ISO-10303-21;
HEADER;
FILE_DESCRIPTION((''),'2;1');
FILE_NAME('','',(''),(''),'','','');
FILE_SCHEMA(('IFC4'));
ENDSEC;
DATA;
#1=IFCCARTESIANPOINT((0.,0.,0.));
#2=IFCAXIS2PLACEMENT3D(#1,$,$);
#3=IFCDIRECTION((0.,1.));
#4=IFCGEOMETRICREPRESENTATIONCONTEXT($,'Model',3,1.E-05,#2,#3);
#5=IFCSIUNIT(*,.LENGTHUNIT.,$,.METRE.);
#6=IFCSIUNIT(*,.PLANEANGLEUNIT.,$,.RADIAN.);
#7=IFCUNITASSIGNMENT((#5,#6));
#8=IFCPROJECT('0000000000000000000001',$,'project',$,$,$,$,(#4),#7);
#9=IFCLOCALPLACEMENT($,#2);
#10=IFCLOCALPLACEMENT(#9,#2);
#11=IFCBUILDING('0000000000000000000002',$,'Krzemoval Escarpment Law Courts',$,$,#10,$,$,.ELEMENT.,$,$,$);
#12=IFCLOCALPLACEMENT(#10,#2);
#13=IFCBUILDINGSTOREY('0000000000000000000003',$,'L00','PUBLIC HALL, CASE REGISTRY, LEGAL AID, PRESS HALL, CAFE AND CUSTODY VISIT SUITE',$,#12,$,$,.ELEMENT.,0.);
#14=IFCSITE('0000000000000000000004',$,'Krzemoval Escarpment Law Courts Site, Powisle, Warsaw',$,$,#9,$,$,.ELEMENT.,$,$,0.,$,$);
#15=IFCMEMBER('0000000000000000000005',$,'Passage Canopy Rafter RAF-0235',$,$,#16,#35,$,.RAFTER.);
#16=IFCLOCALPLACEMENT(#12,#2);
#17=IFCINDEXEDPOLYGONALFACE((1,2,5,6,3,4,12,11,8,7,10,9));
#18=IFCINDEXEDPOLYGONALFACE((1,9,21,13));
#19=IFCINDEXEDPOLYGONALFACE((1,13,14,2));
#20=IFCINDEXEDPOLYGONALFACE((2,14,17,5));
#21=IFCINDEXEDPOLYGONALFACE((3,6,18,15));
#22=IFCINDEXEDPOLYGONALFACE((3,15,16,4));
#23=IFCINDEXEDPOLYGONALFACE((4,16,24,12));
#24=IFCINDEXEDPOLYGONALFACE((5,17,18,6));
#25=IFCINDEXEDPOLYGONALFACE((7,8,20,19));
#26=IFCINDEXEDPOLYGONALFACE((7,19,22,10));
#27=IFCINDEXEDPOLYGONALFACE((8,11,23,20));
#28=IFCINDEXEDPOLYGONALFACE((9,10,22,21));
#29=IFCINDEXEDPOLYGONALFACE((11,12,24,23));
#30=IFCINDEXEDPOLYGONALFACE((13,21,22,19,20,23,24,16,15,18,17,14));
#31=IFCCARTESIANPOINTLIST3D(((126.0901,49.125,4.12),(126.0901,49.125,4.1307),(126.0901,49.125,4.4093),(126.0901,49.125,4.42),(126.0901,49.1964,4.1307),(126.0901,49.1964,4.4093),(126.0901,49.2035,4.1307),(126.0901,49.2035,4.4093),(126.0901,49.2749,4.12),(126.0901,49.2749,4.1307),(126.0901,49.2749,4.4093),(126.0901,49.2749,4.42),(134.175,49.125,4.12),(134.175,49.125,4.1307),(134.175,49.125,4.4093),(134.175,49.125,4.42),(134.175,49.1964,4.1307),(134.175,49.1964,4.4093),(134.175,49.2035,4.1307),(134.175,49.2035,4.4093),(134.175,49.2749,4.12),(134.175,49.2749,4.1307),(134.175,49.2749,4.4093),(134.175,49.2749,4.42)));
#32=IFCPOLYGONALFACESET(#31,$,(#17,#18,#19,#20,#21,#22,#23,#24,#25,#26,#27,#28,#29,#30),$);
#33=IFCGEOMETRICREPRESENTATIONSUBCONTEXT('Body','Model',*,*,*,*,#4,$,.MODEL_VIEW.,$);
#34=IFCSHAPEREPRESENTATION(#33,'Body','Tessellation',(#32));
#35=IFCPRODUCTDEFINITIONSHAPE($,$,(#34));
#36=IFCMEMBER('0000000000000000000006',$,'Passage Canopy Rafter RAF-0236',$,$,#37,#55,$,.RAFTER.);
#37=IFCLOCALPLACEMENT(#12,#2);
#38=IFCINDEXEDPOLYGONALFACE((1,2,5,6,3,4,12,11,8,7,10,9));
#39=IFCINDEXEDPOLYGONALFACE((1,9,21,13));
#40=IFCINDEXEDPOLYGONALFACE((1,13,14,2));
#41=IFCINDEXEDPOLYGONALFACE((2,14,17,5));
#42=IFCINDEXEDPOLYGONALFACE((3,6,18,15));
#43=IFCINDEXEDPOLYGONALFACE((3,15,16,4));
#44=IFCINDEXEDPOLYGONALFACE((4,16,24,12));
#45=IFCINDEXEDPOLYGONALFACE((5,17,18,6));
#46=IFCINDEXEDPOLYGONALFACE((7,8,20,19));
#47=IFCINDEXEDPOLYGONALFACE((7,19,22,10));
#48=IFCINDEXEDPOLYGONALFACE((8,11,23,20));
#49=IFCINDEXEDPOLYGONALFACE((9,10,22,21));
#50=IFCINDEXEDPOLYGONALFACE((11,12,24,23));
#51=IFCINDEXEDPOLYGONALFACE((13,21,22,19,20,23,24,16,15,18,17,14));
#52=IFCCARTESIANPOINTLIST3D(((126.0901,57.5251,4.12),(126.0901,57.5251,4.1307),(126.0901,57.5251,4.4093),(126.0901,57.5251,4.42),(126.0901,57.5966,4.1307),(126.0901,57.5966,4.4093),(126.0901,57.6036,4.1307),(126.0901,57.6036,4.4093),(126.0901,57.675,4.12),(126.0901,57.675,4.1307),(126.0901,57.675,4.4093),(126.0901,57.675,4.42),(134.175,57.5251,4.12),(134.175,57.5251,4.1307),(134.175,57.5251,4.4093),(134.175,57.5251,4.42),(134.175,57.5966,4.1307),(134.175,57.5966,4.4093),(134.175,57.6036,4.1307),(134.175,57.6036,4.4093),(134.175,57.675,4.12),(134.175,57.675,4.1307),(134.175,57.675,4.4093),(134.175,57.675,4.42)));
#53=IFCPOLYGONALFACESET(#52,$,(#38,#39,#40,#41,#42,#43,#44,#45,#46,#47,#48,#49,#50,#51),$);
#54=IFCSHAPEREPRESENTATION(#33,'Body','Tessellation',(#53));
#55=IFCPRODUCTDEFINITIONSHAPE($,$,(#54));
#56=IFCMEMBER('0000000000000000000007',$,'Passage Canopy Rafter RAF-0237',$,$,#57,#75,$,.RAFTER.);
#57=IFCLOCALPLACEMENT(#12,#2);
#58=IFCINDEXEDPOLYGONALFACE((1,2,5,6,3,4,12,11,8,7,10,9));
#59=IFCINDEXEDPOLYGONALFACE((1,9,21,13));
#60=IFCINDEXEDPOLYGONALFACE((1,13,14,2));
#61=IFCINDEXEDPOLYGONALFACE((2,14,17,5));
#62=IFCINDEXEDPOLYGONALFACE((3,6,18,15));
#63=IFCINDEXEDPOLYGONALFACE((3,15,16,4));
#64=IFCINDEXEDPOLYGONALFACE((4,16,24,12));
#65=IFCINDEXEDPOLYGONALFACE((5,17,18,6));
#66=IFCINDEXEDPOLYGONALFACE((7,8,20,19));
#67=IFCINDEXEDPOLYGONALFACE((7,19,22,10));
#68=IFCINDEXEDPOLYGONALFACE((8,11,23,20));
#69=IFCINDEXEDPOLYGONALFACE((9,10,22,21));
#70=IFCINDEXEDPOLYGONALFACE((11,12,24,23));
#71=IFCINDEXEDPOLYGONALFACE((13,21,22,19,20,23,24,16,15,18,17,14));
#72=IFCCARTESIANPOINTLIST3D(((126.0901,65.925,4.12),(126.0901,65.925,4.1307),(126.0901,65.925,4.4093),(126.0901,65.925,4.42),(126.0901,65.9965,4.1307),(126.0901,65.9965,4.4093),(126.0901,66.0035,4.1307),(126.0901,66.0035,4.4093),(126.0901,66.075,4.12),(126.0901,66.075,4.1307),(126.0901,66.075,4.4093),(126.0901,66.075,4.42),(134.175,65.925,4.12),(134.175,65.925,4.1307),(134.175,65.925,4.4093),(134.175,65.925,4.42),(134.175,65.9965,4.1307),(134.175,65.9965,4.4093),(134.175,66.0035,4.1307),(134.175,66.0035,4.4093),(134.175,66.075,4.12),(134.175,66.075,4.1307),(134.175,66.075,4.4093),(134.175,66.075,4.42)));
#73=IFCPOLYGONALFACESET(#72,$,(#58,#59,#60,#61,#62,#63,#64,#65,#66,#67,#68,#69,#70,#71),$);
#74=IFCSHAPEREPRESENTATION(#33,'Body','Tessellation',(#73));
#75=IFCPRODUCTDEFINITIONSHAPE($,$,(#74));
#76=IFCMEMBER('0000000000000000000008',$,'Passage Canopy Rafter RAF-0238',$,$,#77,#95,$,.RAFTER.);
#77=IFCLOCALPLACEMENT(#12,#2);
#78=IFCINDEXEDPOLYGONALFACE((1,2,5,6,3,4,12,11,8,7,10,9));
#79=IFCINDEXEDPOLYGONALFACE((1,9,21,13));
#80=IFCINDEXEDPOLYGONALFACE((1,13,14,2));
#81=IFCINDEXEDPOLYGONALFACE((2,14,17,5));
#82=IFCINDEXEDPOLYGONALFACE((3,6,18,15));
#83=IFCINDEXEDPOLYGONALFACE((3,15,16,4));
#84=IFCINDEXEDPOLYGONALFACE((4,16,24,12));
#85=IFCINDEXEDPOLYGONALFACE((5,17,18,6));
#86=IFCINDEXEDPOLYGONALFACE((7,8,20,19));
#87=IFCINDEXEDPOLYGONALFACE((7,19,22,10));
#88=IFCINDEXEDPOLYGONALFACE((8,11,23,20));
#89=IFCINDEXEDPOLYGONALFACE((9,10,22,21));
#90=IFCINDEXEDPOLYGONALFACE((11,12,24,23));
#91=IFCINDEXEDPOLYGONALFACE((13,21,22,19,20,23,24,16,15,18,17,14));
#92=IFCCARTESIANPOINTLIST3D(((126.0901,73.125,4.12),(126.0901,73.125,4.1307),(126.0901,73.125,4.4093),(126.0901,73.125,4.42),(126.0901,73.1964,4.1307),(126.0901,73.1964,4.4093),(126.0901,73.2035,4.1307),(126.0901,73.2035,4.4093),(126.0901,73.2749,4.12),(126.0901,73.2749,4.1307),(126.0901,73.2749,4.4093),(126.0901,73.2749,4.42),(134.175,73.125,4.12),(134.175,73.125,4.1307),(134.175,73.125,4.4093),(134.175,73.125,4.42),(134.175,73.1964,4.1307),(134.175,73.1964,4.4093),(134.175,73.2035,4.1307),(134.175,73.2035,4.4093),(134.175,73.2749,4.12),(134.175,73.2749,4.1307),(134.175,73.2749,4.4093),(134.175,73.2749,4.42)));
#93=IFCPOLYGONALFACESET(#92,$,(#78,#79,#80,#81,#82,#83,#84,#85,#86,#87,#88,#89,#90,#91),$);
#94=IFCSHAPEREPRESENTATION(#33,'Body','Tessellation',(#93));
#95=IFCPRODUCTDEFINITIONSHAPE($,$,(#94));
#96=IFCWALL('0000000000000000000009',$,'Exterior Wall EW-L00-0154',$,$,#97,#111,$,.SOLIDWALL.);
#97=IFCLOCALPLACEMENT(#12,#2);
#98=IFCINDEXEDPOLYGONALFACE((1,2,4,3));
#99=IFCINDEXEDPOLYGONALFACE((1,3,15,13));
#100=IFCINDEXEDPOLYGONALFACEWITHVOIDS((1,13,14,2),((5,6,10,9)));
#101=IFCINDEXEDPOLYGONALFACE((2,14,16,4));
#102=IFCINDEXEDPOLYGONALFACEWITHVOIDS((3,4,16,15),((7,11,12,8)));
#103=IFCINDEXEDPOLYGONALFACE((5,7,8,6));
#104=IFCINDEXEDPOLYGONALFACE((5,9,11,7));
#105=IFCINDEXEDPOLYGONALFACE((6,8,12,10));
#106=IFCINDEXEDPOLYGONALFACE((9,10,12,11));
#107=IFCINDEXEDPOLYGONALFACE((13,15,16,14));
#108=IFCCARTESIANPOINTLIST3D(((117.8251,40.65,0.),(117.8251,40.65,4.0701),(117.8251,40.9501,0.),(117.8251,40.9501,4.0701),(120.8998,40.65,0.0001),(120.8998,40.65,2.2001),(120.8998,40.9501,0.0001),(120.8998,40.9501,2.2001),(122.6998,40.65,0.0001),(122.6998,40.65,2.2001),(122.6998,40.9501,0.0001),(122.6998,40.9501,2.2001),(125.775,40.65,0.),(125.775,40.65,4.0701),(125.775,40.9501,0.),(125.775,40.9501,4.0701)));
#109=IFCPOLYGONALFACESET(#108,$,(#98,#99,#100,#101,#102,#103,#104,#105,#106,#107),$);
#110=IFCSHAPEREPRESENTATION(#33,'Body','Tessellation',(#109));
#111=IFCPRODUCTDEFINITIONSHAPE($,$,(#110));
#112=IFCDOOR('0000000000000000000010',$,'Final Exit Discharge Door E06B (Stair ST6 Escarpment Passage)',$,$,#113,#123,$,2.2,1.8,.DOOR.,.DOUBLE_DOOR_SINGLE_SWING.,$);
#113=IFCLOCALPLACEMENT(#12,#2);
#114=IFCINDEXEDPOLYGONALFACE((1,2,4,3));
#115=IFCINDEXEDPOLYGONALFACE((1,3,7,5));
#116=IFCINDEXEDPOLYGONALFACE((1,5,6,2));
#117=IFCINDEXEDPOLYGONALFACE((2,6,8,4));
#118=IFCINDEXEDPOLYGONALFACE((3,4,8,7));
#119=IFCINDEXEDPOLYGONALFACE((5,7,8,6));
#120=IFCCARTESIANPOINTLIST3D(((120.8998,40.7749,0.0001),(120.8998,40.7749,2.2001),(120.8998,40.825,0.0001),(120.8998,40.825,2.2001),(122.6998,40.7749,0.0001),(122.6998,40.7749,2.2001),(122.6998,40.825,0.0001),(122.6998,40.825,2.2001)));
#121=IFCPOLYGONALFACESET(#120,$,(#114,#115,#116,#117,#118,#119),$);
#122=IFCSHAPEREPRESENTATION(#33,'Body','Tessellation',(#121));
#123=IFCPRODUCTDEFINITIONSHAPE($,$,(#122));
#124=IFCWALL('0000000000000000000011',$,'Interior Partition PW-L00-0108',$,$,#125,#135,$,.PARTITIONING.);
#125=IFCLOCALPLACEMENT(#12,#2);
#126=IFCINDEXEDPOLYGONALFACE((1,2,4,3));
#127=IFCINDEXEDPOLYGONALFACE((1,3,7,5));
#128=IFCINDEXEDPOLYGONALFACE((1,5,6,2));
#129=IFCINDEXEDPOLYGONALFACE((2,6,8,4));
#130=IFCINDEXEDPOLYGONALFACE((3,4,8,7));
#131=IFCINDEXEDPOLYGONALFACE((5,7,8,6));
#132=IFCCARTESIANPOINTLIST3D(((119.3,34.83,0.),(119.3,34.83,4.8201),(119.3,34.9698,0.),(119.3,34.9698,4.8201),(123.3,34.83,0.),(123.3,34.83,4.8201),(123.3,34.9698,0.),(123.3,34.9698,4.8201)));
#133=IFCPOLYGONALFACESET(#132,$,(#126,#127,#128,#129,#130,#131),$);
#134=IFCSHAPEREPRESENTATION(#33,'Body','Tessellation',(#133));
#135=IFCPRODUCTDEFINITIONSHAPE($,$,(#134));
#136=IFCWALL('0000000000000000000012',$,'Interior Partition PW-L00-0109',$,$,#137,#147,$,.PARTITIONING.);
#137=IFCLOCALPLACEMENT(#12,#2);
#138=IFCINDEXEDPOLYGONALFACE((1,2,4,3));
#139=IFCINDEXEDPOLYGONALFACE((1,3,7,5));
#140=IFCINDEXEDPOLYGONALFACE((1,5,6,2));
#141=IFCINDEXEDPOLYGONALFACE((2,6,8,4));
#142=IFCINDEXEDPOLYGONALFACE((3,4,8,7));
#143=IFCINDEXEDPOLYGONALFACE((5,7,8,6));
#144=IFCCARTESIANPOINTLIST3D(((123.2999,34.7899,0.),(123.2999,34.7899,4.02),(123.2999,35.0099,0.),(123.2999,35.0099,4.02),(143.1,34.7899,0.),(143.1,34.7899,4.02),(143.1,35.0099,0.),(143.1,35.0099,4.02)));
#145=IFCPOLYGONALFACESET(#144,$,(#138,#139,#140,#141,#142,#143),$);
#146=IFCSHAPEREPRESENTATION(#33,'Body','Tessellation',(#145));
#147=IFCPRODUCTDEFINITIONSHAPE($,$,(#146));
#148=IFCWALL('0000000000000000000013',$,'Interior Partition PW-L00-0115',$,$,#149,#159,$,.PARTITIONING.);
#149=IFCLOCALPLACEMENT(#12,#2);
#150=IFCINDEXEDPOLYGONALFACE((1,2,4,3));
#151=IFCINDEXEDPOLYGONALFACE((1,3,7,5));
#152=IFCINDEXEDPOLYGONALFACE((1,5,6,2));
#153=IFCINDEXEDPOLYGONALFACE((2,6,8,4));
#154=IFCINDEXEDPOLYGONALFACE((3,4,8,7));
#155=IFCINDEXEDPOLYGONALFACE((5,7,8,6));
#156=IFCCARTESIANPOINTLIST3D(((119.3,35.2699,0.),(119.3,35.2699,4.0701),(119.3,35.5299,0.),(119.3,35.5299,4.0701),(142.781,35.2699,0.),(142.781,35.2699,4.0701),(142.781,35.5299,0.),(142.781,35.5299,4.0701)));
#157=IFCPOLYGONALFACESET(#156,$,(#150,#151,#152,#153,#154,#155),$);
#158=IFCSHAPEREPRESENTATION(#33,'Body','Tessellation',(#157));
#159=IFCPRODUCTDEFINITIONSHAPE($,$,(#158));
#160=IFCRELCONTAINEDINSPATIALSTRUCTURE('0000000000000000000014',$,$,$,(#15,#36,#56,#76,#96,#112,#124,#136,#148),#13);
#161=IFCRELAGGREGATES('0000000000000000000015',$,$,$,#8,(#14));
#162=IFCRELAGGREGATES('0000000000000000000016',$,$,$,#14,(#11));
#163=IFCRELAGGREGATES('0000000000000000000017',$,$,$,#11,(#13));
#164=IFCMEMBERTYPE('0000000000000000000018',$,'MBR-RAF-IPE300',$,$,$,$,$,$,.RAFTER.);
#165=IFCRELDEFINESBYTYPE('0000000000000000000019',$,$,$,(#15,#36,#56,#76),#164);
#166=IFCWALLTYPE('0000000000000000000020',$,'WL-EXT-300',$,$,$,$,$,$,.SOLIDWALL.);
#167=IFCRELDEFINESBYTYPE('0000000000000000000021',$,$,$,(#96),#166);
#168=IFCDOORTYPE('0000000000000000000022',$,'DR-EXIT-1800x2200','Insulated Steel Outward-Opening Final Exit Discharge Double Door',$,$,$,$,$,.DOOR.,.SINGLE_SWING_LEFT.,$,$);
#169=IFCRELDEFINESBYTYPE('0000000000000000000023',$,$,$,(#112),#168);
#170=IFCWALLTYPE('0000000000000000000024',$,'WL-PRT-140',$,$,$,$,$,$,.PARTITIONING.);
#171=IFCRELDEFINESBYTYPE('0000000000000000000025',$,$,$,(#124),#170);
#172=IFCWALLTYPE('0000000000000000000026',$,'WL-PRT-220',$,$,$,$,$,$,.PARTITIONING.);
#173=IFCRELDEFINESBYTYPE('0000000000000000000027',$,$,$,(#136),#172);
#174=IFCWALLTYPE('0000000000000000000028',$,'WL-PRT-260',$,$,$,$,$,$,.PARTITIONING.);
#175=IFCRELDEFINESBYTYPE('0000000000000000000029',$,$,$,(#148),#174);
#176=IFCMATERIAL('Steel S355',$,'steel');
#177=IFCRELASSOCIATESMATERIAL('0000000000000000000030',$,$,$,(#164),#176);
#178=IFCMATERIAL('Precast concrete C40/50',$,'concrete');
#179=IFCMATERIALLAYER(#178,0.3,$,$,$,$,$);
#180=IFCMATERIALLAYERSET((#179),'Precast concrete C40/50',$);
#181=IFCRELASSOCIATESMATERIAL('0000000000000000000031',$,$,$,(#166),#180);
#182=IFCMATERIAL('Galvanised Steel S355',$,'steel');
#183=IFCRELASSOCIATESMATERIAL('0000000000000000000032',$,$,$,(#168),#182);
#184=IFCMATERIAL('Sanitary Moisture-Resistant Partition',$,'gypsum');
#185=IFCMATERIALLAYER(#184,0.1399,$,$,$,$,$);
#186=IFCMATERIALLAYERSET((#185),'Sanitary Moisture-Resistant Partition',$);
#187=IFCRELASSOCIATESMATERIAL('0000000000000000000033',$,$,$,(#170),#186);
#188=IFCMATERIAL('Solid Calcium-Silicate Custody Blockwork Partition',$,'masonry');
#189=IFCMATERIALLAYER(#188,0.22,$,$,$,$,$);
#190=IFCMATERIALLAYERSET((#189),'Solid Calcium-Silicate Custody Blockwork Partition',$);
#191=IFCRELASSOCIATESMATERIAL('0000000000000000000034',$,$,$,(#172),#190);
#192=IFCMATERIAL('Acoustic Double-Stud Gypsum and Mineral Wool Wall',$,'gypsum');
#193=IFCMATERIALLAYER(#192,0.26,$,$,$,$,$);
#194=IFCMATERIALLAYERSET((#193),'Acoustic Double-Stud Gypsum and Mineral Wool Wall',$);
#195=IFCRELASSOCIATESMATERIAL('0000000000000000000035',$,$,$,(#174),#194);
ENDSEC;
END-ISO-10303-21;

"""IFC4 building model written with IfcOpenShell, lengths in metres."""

from ifc_helpers import new_model, si_unit, direction, frame, frame_2d, origin, origin_2d, place, context, subcontext, project, spatial, rectangle, i_section, extrude, material, layer, layer_set, material_profile, profile_set, type_object, element, fill, save


model = new_model("IFC4")

# Units and contexts
model_context = context("Model", 3, precision=1e-05, world=origin(), true_north=direction((0.0, 1.0)))
body_context = subcontext(model_context, "Body", "Model", "MODEL_VIEW")
ifc_project = project(units=[si_unit("LENGTHUNIT", "METRE"), si_unit("PLANEANGLEUNIT", "RADIAN")], contexts=[model_context])

# Site, building, storey
site_placement = place(None, origin())
site = spatial("IfcSite", under=ifc_project, at=site_placement, Name="Krzemoval Escarpment Law Courts Site, Powisle, Warsaw", CompositionType="ELEMENT", RefElevation=0.0)
building_placement = place(site_placement, origin())
building = spatial("IfcBuilding", under=site, at=building_placement, Name="Krzemoval Escarpment Law Courts", CompositionType="ELEMENT")
storey_placement = place(building_placement, origin())
storey = spatial("IfcBuildingStorey", under=building, at=storey_placement, Name="L00", Description="PUBLIC HALL, CASE REGISTRY, LEGAL AID, PRESS HALL, CAFE AND CUSTODY VISIT SUITE", CompositionType="ELEMENT", Elevation=0.0)

# Members
ifc_material_1 = material(Name="Steel S355", Category="steel")
ifc_material_profile_1 = material_profile(ifc_material_1, i_section(OverallWidth=0.1499, OverallDepth=0.3, WebThickness=0.0071, FlangeThickness=0.0107, at=origin_2d()), Name="IPE 300")
ifc_profile_set_1 = profile_set([ifc_material_profile_1], Name="Steel S355")
member_type = type_object("IfcMemberType", Name="MBR-RAF-IPE300", PredefinedType="RAFTER", material=ifc_profile_set_1)
for number, where, z_axis, x_axis, name in (
    (1, (126.0901, 49.2, 4.27), (1.0, 0.0, 0.0), (0.0, 1.0, 0.0), "Passage Canopy Rafter RAF-0235"),
    (2, (126.0901, 57.6001, 4.27), (1.0, 0.0, 0.0), (0.0, 1.0, 0.0), "Passage Canopy Rafter RAF-0236"),
    (3, (126.0901, 66.0, 4.27), (1.0, 0.0, 0.0), (0.0, 1.0, 0.0), "Passage Canopy Rafter RAF-0237"),
    (4, (126.0901, 73.2, 4.27), (1.0, 0.0, 0.0), (0.0, 1.0, 0.0), "Passage Canopy Rafter RAF-0238"),
):
    element("IfcMember", number, at=place(storey_placement, frame(where, z_axis=z_axis, x_axis=x_axis)), inside=storey, type_object=member_type, Name=name, PredefinedType="RAFTER", context=body_context, shape_type="SweptSolid", body=[
        extrude(i_section(OverallWidth=0.1499, OverallDepth=0.3, WebThickness=0.0071, FlangeThickness=0.0107, at=origin_2d()), origin(), (0.0, 0.0, 1.0), 8.085),
    ])

# Wall, opening, door
ifc_material_2 = material(Name="Precast concrete C40/50", Category="concrete")
ifc_layer_1 = layer(ifc_material_2, 0.3)
ifc_layer_set_1 = layer_set([ifc_layer_1], Name="Precast concrete C40/50")
wall_type_1 = type_object("IfcWallType", Name="WL-EXT-300", PredefinedType="SOLIDWALL", material=ifc_layer_set_1)
wall_1_placement = place(storey_placement, frame((117.825, 40.8, 0.0), z_axis=(0.0, 0.0, 1.0), x_axis=(1.0, 0.0, 0.0)))
wall_1 = element("IfcWall", 5, at=wall_1_placement, inside=storey, type_object=wall_type_1, Name="Exterior Wall EW-L00-0154", PredefinedType="SOLIDWALL", context=body_context, shape_type="SweptSolid", body=[
    extrude(rectangle(XDim=7.95, YDim=0.3, at=frame_2d((3.9751, 0.0))), origin(), (0.0, 0.0, 1.0), 4.0701),
])
opening_placement = place(wall_1_placement, frame((3.075, 0.0, 0.0)))
opening = element("IfcOpeningElement", 6, at=opening_placement, cuts=wall_1, PredefinedType="OPENING", context=body_context, shape_type="SweptSolid", body=[
    extrude(rectangle(XDim=1.8, YDim=2.2, at=frame_2d((0.8999, 1.1001))), frame((0.0, 0.165, 0.0), z_axis=(0.0, -1.0, 0.0), x_axis=(1.0, 0.0, 0.0)), (0.0, 0.0, 1.0), 0.3301),
])
ifc_material_3 = material(Name="Galvanised Steel S355", Category="steel")
door_type = type_object("IfcDoorType", Name="DR-EXIT-1800x2200", Description="Insulated Steel Outward-Opening Final Exit Discharge Double Door", OperationType="SINGLE_SWING_LEFT", PredefinedType="DOOR", material=ifc_material_3)
door_placement = place(opening_placement, origin())
door = element("IfcDoor", 7, at=door_placement, inside=storey, type_object=door_type, Name="Final Exit Discharge Door E06B (Stair ST6 Escarpment Passage)", OperationType="DOUBLE_DOOR_SINGLE_SWING", OverallHeight=2.2, OverallWidth=1.8, PredefinedType="DOOR", context=body_context, shape_type="SweptSolid", body=[
    extrude(rectangle(XDim=1.8, YDim=2.2, at=frame_2d((0.8999, 1.1001))), frame((0.0, 0.0249, 0.0), z_axis=(0.0, -1.0, 0.0), x_axis=(1.0, 0.0, 0.0)), (0.0, 0.0, 1.0), 0.05),
])
fill(opening, door)

# Walls
ifc_material_4 = material(Name="Sanitary Moisture-Resistant Partition", Category="gypsum")
ifc_layer_2 = layer(ifc_material_4, 0.1399)
ifc_layer_set_2 = layer_set([ifc_layer_2], Name="Sanitary Moisture-Resistant Partition")
wall_type_2 = type_object("IfcWallType", Name="WL-PRT-140", PredefinedType="PARTITIONING", material=ifc_layer_set_2)
wall_2_placement = place(storey_placement, frame((119.3, 34.8999, 0.0), z_axis=(0.0, 0.0, 1.0), x_axis=(1.0, 0.0, 0.0)))
element("IfcWall", 8, at=wall_2_placement, inside=storey, type_object=wall_type_2, Name="Interior Partition PW-L00-0108", PredefinedType="PARTITIONING", context=body_context, shape_type="SweptSolid", body=[
    extrude(rectangle(XDim=4.0, YDim=0.1399, at=frame_2d((2.0, 0.0))), origin(), (0.0, 0.0, 1.0), 4.8201),
])
ifc_material_5 = material(Name="Solid Calcium-Silicate Custody Blockwork Partition", Category="masonry")
ifc_layer_3 = layer(ifc_material_5, 0.22)
ifc_layer_set_3 = layer_set([ifc_layer_3], Name="Solid Calcium-Silicate Custody Blockwork Partition")
wall_type_3 = type_object("IfcWallType", Name="WL-PRT-220", PredefinedType="PARTITIONING", material=ifc_layer_set_3)
wall_3_placement = place(storey_placement, frame((123.3, 34.8999, 0.0), z_axis=(0.0, 0.0, 1.0), x_axis=(1.0, 0.0, 0.0)))
element("IfcWall", 9, at=wall_3_placement, inside=storey, type_object=wall_type_3, Name="Interior Partition PW-L00-0109", PredefinedType="PARTITIONING", context=body_context, shape_type="SweptSolid", body=[
    extrude(rectangle(XDim=19.8, YDim=0.22, at=frame_2d((9.8999, 0.0))), origin(), (0.0, 0.0, 1.0), 4.02),
])
ifc_material_6 = material(Name="Acoustic Double-Stud Gypsum and Mineral Wool Wall", Category="gypsum")
ifc_layer_4 = layer(ifc_material_6, 0.26)
ifc_layer_set_4 = layer_set([ifc_layer_4], Name="Acoustic Double-Stud Gypsum and Mineral Wool Wall")
wall_type_4 = type_object("IfcWallType", Name="WL-PRT-260", PredefinedType="PARTITIONING", material=ifc_layer_set_4)
wall_4_placement = place(storey_placement, frame((119.3, 35.3999, 0.0), z_axis=(0.0, 0.0, 1.0), x_axis=(1.0, 0.0, 0.0)))
element("IfcWall", 10, at=wall_4_placement, inside=storey, type_object=wall_type_4, Name="Interior Partition PW-L00-0115", PredefinedType="PARTITIONING", context=body_context, shape_type="SweptSolid", body=[
    extrude(rectangle(XDim=23.481, YDim=0.26, at=frame_2d((11.7405, 0.0))), origin(), (0.0, 0.0, 1.0), 4.0701),
])

save(model, "model.ifc")
